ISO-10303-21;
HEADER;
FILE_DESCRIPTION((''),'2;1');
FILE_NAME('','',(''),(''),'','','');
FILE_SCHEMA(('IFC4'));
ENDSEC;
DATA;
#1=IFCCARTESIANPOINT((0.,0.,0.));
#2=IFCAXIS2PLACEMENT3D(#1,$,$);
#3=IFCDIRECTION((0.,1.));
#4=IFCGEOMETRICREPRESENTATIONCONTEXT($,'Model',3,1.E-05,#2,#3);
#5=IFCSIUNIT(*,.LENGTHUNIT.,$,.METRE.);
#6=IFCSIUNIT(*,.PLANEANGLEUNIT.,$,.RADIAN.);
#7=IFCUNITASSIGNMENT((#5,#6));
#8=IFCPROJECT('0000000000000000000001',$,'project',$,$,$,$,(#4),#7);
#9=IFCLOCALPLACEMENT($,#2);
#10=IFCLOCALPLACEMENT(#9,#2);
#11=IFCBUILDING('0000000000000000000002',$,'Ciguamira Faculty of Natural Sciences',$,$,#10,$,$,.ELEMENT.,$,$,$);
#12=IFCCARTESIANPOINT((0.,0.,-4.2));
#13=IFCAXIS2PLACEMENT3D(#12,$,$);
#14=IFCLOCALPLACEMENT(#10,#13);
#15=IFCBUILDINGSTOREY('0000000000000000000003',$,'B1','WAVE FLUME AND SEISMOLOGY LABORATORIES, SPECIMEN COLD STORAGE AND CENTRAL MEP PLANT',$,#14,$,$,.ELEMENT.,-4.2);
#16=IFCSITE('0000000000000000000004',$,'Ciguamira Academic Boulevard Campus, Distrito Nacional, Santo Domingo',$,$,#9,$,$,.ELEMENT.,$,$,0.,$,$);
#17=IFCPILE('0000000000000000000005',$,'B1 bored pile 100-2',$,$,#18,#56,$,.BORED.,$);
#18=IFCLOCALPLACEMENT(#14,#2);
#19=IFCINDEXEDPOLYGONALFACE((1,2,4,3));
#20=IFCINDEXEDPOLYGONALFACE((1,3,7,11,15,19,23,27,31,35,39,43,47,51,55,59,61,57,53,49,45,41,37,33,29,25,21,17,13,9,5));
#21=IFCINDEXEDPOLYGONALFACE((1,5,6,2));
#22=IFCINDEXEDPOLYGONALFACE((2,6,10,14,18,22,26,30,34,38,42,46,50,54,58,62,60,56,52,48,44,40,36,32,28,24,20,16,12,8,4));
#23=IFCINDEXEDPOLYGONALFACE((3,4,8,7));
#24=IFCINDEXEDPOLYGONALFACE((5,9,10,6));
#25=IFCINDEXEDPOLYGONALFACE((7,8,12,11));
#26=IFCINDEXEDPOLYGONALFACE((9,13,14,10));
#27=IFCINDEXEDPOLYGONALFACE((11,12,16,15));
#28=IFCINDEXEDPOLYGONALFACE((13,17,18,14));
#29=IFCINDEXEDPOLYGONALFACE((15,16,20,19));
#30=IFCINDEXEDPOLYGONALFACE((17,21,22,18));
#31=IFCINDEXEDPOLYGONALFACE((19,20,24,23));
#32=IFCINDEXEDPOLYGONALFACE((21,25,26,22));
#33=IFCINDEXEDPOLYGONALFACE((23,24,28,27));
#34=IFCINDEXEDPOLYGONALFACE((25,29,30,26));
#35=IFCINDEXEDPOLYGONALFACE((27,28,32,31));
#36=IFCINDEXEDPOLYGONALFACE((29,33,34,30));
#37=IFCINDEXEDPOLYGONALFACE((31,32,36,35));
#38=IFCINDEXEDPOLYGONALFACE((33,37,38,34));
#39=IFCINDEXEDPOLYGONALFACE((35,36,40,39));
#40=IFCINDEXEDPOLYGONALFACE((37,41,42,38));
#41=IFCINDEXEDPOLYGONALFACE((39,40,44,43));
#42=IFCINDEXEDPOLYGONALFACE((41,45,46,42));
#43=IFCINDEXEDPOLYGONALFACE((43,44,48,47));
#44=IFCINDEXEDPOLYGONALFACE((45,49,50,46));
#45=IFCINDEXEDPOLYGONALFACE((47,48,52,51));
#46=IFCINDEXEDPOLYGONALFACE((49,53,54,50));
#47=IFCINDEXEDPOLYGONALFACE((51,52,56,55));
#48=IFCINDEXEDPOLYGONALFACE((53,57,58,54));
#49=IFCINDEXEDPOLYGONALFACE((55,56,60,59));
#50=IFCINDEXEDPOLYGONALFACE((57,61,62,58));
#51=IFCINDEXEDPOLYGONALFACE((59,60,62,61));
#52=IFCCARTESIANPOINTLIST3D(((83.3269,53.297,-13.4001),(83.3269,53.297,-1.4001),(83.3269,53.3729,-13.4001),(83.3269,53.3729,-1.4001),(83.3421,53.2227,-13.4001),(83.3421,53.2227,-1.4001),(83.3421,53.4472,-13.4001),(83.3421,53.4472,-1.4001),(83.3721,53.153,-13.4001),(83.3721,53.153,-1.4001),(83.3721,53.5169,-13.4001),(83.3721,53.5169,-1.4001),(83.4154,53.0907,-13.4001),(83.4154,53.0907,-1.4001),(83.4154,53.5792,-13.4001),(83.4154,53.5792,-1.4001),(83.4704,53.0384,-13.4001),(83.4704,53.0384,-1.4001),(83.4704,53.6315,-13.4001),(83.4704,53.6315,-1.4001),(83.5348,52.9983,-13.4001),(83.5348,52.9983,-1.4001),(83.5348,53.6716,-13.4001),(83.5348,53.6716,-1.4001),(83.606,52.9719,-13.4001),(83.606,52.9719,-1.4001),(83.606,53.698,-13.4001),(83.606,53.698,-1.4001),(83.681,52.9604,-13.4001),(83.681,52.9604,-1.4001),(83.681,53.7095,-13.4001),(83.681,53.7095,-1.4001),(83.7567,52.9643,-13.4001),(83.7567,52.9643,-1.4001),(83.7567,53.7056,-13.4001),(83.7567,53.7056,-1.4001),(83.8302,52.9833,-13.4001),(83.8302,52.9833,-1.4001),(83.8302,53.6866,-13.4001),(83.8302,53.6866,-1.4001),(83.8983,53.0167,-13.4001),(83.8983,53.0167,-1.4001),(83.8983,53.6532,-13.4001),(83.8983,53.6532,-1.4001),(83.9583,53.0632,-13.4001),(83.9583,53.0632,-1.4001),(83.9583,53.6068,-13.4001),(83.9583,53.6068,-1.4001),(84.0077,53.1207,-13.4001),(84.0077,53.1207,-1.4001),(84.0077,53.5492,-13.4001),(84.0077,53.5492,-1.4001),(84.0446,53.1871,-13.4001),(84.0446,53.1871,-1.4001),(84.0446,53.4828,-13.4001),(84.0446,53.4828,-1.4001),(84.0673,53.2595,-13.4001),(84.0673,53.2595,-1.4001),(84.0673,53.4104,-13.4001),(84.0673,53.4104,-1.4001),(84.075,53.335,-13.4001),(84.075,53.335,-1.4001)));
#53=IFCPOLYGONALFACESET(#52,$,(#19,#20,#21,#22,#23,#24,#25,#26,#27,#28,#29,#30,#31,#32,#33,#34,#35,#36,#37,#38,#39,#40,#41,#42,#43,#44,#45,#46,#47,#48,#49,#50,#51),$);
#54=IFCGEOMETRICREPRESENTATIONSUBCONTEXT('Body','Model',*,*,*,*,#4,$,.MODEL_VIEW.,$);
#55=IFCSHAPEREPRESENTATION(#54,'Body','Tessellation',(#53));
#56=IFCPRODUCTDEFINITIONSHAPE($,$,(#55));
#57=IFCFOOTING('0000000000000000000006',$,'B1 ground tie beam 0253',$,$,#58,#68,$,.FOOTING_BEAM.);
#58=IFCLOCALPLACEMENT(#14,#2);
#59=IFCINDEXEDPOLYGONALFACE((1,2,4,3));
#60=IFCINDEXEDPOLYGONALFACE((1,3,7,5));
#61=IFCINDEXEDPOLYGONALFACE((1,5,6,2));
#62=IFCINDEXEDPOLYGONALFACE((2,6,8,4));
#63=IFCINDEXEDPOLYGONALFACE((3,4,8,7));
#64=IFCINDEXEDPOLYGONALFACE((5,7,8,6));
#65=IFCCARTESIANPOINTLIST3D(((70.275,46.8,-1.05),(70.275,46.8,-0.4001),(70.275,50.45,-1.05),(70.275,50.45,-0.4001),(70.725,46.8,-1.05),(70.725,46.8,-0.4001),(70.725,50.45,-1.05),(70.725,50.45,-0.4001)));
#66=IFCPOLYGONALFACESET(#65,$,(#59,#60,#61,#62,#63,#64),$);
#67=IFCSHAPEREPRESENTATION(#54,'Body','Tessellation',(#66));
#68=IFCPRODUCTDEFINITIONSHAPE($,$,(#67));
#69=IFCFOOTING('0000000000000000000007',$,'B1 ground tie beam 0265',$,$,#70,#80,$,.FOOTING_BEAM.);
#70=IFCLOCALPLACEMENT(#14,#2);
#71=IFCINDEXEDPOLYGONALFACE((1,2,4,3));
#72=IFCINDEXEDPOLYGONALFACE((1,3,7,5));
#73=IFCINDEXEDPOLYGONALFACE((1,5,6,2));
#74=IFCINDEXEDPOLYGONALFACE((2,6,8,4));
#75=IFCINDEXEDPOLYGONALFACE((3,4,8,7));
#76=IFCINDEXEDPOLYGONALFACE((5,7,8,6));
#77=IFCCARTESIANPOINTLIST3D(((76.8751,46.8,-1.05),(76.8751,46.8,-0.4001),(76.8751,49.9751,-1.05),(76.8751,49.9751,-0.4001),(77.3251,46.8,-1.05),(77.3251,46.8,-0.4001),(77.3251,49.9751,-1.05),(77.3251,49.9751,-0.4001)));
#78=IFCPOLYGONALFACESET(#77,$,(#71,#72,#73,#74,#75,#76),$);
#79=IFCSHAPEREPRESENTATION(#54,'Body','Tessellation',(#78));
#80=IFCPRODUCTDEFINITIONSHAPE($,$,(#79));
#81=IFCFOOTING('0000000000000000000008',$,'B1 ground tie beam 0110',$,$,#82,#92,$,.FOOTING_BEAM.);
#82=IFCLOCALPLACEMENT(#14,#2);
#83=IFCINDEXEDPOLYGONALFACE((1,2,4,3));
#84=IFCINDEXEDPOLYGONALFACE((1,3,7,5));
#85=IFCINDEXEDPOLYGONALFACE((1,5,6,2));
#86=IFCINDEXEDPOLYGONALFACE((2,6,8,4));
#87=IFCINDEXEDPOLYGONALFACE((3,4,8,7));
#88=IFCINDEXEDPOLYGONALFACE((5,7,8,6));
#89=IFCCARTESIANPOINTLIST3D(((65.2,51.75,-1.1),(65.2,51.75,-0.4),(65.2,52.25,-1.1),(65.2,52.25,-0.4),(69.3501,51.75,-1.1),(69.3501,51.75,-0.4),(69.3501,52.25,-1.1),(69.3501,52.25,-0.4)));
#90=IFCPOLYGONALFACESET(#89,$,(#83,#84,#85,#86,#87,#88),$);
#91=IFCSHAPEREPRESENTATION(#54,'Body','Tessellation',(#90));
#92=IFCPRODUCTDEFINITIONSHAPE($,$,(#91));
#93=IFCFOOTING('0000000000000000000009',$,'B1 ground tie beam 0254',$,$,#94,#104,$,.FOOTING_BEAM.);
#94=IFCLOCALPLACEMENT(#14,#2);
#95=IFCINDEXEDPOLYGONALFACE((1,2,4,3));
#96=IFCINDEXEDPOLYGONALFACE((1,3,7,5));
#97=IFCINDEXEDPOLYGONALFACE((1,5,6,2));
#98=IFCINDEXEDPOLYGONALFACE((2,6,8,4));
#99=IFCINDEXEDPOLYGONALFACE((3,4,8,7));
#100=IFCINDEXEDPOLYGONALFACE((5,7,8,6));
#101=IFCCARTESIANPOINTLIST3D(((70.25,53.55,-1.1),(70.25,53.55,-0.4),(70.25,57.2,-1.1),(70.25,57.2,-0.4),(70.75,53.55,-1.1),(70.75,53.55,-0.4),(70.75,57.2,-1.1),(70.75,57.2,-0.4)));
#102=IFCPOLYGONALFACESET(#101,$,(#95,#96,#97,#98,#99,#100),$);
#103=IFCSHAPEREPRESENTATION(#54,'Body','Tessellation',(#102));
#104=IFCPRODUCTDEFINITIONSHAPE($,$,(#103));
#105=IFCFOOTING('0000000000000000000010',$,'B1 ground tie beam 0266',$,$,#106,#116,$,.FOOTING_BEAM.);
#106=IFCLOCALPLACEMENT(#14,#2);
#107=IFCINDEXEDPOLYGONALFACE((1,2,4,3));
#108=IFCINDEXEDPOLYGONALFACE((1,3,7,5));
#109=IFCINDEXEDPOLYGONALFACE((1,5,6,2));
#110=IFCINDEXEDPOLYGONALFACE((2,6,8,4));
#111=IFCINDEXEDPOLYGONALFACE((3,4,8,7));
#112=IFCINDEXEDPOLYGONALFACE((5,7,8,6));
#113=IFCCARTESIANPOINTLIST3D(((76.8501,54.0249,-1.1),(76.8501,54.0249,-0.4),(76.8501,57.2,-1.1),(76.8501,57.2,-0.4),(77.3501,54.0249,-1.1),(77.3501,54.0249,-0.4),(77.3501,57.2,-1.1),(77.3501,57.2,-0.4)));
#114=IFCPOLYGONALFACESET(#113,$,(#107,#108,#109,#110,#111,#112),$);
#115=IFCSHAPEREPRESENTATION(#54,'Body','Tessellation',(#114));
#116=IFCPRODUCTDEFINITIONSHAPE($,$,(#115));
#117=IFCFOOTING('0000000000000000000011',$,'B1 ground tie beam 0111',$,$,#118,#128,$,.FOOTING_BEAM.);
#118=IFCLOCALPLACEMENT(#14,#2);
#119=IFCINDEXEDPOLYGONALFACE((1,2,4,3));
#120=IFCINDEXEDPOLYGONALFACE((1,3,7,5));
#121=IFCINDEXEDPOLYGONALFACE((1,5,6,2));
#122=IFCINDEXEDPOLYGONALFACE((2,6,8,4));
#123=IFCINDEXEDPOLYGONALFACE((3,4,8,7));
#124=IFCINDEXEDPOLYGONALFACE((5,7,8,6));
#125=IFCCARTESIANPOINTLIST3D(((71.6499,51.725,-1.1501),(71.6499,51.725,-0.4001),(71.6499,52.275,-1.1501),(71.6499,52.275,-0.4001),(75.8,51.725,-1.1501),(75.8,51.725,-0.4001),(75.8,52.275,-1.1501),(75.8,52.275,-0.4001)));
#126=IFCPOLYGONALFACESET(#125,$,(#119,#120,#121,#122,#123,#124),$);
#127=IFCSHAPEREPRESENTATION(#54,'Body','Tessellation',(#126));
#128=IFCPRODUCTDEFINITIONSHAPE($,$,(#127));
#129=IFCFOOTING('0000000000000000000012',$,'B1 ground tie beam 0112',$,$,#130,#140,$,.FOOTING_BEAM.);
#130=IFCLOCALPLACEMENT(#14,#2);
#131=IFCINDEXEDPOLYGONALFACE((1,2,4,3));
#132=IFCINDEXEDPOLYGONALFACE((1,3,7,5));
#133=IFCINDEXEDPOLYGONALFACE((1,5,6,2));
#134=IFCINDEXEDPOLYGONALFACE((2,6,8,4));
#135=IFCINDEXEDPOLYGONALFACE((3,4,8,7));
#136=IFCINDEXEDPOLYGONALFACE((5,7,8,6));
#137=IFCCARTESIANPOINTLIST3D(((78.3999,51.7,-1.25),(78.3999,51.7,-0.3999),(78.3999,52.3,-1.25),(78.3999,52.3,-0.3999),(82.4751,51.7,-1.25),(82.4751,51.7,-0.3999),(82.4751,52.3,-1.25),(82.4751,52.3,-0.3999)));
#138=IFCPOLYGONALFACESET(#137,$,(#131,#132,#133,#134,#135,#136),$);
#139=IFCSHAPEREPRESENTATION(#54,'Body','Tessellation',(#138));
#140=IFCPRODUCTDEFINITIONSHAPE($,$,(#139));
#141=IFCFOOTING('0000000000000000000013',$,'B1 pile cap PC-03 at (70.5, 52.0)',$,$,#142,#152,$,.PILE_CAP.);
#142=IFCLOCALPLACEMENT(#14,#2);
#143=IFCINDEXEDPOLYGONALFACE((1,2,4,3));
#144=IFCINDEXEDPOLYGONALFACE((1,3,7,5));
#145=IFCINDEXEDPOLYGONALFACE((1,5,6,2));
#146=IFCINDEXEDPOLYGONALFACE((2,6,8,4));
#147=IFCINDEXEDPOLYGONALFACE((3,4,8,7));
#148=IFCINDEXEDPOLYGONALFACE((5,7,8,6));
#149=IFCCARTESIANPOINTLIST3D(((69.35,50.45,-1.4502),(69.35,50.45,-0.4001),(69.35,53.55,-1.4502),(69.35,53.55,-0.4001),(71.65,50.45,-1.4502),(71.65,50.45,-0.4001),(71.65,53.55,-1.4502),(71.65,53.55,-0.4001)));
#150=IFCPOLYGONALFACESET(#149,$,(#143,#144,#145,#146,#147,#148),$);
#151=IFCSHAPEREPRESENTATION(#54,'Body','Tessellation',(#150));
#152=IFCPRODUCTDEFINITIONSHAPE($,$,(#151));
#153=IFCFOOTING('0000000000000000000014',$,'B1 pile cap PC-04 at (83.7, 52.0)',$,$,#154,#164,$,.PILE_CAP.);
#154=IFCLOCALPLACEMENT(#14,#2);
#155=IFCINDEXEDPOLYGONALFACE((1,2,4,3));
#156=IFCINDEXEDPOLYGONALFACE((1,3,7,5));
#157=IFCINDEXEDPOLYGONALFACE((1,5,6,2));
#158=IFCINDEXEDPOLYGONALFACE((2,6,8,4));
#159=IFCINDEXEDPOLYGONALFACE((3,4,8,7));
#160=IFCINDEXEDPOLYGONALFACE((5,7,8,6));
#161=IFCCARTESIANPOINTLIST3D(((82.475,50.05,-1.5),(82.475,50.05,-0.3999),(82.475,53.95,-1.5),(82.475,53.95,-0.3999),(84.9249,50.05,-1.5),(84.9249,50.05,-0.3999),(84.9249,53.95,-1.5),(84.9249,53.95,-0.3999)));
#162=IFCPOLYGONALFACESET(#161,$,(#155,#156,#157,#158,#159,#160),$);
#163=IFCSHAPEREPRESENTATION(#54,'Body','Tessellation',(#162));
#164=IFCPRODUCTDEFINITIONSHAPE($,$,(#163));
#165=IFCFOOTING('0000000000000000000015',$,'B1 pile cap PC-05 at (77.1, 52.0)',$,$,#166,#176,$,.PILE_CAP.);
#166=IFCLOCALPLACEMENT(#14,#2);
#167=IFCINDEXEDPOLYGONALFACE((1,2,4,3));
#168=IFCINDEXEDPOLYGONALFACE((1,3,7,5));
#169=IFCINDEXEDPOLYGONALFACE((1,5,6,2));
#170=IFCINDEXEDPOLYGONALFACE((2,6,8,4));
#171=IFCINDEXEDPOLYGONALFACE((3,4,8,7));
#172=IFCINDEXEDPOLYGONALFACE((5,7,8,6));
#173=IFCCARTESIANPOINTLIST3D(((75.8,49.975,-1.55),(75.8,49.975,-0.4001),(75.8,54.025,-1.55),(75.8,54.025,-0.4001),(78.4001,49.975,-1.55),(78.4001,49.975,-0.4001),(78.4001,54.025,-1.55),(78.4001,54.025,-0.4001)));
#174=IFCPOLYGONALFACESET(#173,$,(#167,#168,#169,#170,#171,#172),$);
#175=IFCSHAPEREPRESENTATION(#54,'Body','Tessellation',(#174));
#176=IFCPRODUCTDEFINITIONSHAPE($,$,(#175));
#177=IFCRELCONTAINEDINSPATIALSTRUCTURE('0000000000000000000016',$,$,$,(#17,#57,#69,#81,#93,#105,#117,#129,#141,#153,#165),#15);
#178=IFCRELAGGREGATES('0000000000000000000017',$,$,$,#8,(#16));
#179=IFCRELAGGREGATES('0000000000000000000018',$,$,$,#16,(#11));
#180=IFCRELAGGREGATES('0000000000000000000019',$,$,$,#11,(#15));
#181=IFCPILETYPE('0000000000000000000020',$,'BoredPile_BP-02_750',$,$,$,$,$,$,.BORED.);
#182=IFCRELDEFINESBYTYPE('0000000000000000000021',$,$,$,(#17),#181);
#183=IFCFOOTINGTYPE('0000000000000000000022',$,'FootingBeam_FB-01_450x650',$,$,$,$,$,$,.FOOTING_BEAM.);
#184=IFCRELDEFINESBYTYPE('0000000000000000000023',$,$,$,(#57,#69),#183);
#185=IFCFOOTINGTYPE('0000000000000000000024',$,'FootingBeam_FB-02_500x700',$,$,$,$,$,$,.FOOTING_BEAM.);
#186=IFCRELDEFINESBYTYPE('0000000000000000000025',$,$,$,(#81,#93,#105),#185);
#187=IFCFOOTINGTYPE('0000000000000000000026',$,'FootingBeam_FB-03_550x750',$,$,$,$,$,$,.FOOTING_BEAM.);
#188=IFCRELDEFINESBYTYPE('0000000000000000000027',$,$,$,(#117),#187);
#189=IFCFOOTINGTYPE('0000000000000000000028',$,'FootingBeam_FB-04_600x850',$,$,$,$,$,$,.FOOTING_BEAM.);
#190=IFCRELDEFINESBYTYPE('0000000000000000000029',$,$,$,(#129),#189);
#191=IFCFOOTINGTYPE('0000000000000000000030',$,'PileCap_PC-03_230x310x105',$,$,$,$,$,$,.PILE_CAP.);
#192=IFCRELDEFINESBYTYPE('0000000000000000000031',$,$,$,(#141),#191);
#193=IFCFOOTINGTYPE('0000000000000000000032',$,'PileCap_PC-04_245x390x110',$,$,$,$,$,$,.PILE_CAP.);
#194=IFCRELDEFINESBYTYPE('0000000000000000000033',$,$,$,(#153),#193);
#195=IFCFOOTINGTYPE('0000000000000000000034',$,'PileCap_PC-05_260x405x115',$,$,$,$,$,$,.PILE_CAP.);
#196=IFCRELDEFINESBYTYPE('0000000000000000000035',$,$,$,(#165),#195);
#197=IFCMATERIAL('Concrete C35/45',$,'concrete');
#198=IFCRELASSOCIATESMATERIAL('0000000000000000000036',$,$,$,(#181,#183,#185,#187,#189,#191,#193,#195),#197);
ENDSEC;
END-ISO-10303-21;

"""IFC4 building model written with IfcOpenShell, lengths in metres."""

from ifc_helpers import new_model, si_unit, direction, frame, origin, origin_2d, place, context, subcontext, project, spatial, rectangle, circle, extrude, material, material_profile, profile_set, type_object, element, save


model = new_model("IFC4")

# Units and contexts
model_context = context("Model", 3, precision=1e-05, world=origin(), true_north=direction((0.0, 1.0)))
body_context = subcontext(model_context, "Body", "Model", "MODEL_VIEW")
ifc_project = project(units=[si_unit("LENGTHUNIT", "METRE"), si_unit("PLANEANGLEUNIT", "RADIAN")], contexts=[model_context])

# Site, building, storey
site_placement = place(None, origin())
site = spatial("IfcSite", under=ifc_project, at=site_placement, Name="Ciguamira Academic Boulevard Campus, Distrito Nacional, Santo Domingo", CompositionType="ELEMENT", RefElevation=0.0)
building_placement = place(site_placement, origin())
building = spatial("IfcBuilding", under=site, at=building_placement, Name="Ciguamira Faculty of Natural Sciences", CompositionType="ELEMENT")
storey_placement = place(building_placement, frame((0.0, 0.0, -4.2)))
storey = spatial("IfcBuildingStorey", under=building, at=storey_placement, Name="B1", Description="WAVE FLUME AND SEISMOLOGY LABORATORIES, SPECIMEN COLD STORAGE AND CENTRAL MEP PLANT", CompositionType="ELEMENT", Elevation=-4.2)

# Pile
ifc_material_1 = material(Name="Concrete C35/45", Category="concrete")
ifc_material_profile_1 = material_profile(ifc_material_1, circle(Radius=0.375, at=origin_2d()), Name="PILE-BORED-750")
ifc_profile_set_1 = profile_set([ifc_material_profile_1], Name="Concrete C35/45")
pile_type = type_object("IfcPileType", Name="BoredPile_BP-02_750", PredefinedType="BORED", material=ifc_profile_set_1)
for number, where, z_axis, x_axis, name in (
    (1, (83.7, 53.335, -1.4001), (0.0, 0.0, -1.0), (1.0, 0.0, 0.0), "B1 bored pile 100-2"),
):
    element("IfcPile", number, at=place(storey_placement, frame(where, z_axis=z_axis, x_axis=x_axis)), inside=storey, type_object=pile_type, Name=name, PredefinedType="BORED", context=body_context, shape_type="SweptSolid", body=[
        extrude(circle(Radius=0.375, at=origin_2d()), origin(), (0.0, 0.0, 1.0), 12.0),
    ])

# Footings
ifc_material_profile_2 = material_profile(ifc_material_1, rectangle(XDim=0.45, YDim=0.6499, at=origin_2d()), Name="RC-FB-450X650")
ifc_profile_set_2 = profile_set([ifc_material_profile_2], Name="Concrete C35/45")
footing_type_1 = type_object("IfcFootingType", Name="FootingBeam_FB-01_450x650", PredefinedType="FOOTING_BEAM", material=ifc_profile_set_2)
footing_1_placement = place(storey_placement, frame((70.5, 46.8, -0.7251), z_axis=(0.0, 1.0, 0.0), x_axis=(-1.0, 0.0, 0.0)))
element("IfcFooting", 2, at=footing_1_placement, inside=storey, type_object=footing_type_1, Name="B1 ground tie beam 0253", PredefinedType="FOOTING_BEAM", context=body_context, shape_type="SweptSolid", body=[
    extrude(rectangle(XDim=0.45, YDim=0.6499, at=origin_2d()), origin(), (0.0, 0.0, 1.0), 3.6499),
])
footing_2_placement = place(storey_placement, frame((77.1001, 46.8, -0.7251), z_axis=(0.0, 1.0, 0.0), x_axis=(-1.0, 0.0, 0.0)))
element("IfcFooting", 3, at=footing_2_placement, inside=storey, type_object=footing_type_1, Name="B1 ground tie beam 0265", PredefinedType="FOOTING_BEAM", context=body_context, shape_type="SweptSolid", body=[
    extrude(rectangle(XDim=0.45, YDim=0.6499, at=origin_2d()), origin(), (0.0, 0.0, 1.0), 3.175),
])
ifc_material_profile_3 = material_profile(ifc_material_1, rectangle(XDim=0.5, YDim=0.7, at=origin_2d()), Name="RC-FB-500X700")
ifc_profile_set_3 = profile_set([ifc_material_profile_3], Name="Concrete C35/45")
footing_type_2 = type_object("IfcFootingType", Name="FootingBeam_FB-02_500x700", PredefinedType="FOOTING_BEAM", material=ifc_profile_set_3)
footing_3_placement = place(storey_placement, frame((65.2, 52.0, -0.75), z_axis=(1.0, 0.0, 0.0), x_axis=(0.0, 1.0, 0.0)))
element("IfcFooting", 4, at=footing_3_placement, inside=storey, type_object=footing_type_2, Name="B1 ground tie beam 0110", PredefinedType="FOOTING_BEAM", context=body_context, shape_type="SweptSolid", body=[
    extrude(rectangle(XDim=0.5, YDim=0.7, at=origin_2d()), origin(), (0.0, 0.0, 1.0), 4.1501),
])
footing_4_placement = place(storey_placement, frame((70.5, 53.55, -0.75), z_axis=(0.0, 1.0, 0.0), x_axis=(-1.0, 0.0, 0.0)))
element("IfcFooting", 5, at=footing_4_placement, inside=storey, type_object=footing_type_2, Name="B1 ground tie beam 0254", PredefinedType="FOOTING_BEAM", context=body_context, shape_type="SweptSolid", body=[
    extrude(rectangle(XDim=0.5, YDim=0.7, at=origin_2d()), origin(), (0.0, 0.0, 1.0), 3.6499),
])
footing_5_placement = place(storey_placement, frame((77.1001, 54.0249, -0.75), z_axis=(0.0, 1.0, 0.0), x_axis=(-1.0, 0.0, 0.0)))
element("IfcFooting", 6, at=footing_5_placement, inside=storey, type_object=footing_type_2, Name="B1 ground tie beam 0266", PredefinedType="FOOTING_BEAM", context=body_context, shape_type="SweptSolid", body=[
    extrude(rectangle(XDim=0.5, YDim=0.7, at=origin_2d()), origin(), (0.0, 0.0, 1.0), 3.175),
])
ifc_material_profile_4 = material_profile(ifc_material_1, rectangle(XDim=0.55, YDim=0.75, at=origin_2d()), Name="RC-FB-550X750")
ifc_profile_set_4 = profile_set([ifc_material_profile_4], Name="Concrete C35/45")
footing_type_3 = type_object("IfcFootingType", Name="FootingBeam_FB-03_550x750", PredefinedType="FOOTING_BEAM", material=ifc_profile_set_4)
footing_6_placement = place(storey_placement, frame((71.6499, 52.0, -0.7751), z_axis=(1.0, 0.0, 0.0), x_axis=(0.0, 1.0, 0.0)))
element("IfcFooting", 7, at=footing_6_placement, inside=storey, type_object=footing_type_3, Name="B1 ground tie beam 0111", PredefinedType="FOOTING_BEAM", context=body_context, shape_type="SweptSolid", body=[
    extrude(rectangle(XDim=0.55, YDim=0.75, at=origin_2d()), origin(), (0.0, 0.0, 1.0), 4.1501),
])
ifc_material_profile_5 = material_profile(ifc_material_1, rectangle(XDim=0.6001, YDim=0.8501, at=origin_2d()), Name="RC-FB-600X850")
ifc_profile_set_5 = profile_set([ifc_material_profile_5], Name="Concrete C35/45")
footing_type_4 = type_object("IfcFootingType", Name="FootingBeam_FB-04_600x850", PredefinedType="FOOTING_BEAM", material=ifc_profile_set_5)
footing_7_placement = place(storey_placement, frame((78.3999, 52.0, -0.825), z_axis=(1.0, 0.0, 0.0), x_axis=(0.0, 1.0, 0.0)))
element("IfcFooting", 8, at=footing_7_placement, inside=storey, type_object=footing_type_4, Name="B1 ground tie beam 0112", PredefinedType="FOOTING_BEAM", context=body_context, shape_type="SweptSolid", body=[
    extrude(rectangle(XDim=0.6001, YDim=0.8501, at=origin_2d()), origin(), (0.0, 0.0, 1.0), 4.0752),
])
footing_type_5 = type_object("IfcFootingType", Name="PileCap_PC-03_230x310x105", PredefinedType="PILE_CAP", material=ifc_material_1)
footing_8_placement = place(storey_placement, frame((70.5, 52.0, -1.4502), z_axis=(0.0, 0.0, 1.0), x_axis=(1.0, 0.0, 0.0)))
element("IfcFooting", 9, at=footing_8_placement, inside=storey, type_object=footing_type_5, Name="B1 pile cap PC-03 at (70.5, 52.0)", PredefinedType="PILE_CAP", context=body_context, shape_type="SweptSolid", body=[
    extrude(rectangle(XDim=2.3, YDim=3.1001, at=origin_2d()), origin(), (0.0, 0.0, 1.0), 1.05),
])
footing_type_6 = type_object("IfcFootingType", Name="PileCap_PC-04_245x390x110", PredefinedType="PILE_CAP", material=ifc_material_1)
footing_9_placement = place(storey_placement, frame((83.7, 52.0, -1.5), z_axis=(0.0, 0.0, 1.0), x_axis=(1.0, 0.0, 0.0)))
element("IfcFooting", 10, at=footing_9_placement, inside=storey, type_object=footing_type_6, Name="B1 pile cap PC-04 at (83.7, 52.0)", PredefinedType="PILE_CAP", context=body_context, shape_type="SweptSolid", body=[
    extrude(rectangle(XDim=2.45, YDim=3.8999, at=origin_2d()), origin(), (0.0, 0.0, 1.0), 1.1001),
])
footing_type_7 = type_object("IfcFootingType", Name="PileCap_PC-05_260x405x115", PredefinedType="PILE_CAP", material=ifc_material_1)
footing_10_placement = place(storey_placement, frame((77.1001, 52.0, -1.55), z_axis=(0.0, 0.0, 1.0), x_axis=(1.0, 0.0, 0.0)))
element("IfcFooting", 11, at=footing_10_placement, inside=storey, type_object=footing_type_7, Name="B1 pile cap PC-05 at (77.1, 52.0)", PredefinedType="PILE_CAP", context=body_context, shape_type="SweptSolid", body=[
    extrude(rectangle(XDim=2.6001, YDim=4.05, at=origin_2d()), origin(), (0.0, 0.0, 1.0), 1.1499),
])

save(model, "model.ifc")
